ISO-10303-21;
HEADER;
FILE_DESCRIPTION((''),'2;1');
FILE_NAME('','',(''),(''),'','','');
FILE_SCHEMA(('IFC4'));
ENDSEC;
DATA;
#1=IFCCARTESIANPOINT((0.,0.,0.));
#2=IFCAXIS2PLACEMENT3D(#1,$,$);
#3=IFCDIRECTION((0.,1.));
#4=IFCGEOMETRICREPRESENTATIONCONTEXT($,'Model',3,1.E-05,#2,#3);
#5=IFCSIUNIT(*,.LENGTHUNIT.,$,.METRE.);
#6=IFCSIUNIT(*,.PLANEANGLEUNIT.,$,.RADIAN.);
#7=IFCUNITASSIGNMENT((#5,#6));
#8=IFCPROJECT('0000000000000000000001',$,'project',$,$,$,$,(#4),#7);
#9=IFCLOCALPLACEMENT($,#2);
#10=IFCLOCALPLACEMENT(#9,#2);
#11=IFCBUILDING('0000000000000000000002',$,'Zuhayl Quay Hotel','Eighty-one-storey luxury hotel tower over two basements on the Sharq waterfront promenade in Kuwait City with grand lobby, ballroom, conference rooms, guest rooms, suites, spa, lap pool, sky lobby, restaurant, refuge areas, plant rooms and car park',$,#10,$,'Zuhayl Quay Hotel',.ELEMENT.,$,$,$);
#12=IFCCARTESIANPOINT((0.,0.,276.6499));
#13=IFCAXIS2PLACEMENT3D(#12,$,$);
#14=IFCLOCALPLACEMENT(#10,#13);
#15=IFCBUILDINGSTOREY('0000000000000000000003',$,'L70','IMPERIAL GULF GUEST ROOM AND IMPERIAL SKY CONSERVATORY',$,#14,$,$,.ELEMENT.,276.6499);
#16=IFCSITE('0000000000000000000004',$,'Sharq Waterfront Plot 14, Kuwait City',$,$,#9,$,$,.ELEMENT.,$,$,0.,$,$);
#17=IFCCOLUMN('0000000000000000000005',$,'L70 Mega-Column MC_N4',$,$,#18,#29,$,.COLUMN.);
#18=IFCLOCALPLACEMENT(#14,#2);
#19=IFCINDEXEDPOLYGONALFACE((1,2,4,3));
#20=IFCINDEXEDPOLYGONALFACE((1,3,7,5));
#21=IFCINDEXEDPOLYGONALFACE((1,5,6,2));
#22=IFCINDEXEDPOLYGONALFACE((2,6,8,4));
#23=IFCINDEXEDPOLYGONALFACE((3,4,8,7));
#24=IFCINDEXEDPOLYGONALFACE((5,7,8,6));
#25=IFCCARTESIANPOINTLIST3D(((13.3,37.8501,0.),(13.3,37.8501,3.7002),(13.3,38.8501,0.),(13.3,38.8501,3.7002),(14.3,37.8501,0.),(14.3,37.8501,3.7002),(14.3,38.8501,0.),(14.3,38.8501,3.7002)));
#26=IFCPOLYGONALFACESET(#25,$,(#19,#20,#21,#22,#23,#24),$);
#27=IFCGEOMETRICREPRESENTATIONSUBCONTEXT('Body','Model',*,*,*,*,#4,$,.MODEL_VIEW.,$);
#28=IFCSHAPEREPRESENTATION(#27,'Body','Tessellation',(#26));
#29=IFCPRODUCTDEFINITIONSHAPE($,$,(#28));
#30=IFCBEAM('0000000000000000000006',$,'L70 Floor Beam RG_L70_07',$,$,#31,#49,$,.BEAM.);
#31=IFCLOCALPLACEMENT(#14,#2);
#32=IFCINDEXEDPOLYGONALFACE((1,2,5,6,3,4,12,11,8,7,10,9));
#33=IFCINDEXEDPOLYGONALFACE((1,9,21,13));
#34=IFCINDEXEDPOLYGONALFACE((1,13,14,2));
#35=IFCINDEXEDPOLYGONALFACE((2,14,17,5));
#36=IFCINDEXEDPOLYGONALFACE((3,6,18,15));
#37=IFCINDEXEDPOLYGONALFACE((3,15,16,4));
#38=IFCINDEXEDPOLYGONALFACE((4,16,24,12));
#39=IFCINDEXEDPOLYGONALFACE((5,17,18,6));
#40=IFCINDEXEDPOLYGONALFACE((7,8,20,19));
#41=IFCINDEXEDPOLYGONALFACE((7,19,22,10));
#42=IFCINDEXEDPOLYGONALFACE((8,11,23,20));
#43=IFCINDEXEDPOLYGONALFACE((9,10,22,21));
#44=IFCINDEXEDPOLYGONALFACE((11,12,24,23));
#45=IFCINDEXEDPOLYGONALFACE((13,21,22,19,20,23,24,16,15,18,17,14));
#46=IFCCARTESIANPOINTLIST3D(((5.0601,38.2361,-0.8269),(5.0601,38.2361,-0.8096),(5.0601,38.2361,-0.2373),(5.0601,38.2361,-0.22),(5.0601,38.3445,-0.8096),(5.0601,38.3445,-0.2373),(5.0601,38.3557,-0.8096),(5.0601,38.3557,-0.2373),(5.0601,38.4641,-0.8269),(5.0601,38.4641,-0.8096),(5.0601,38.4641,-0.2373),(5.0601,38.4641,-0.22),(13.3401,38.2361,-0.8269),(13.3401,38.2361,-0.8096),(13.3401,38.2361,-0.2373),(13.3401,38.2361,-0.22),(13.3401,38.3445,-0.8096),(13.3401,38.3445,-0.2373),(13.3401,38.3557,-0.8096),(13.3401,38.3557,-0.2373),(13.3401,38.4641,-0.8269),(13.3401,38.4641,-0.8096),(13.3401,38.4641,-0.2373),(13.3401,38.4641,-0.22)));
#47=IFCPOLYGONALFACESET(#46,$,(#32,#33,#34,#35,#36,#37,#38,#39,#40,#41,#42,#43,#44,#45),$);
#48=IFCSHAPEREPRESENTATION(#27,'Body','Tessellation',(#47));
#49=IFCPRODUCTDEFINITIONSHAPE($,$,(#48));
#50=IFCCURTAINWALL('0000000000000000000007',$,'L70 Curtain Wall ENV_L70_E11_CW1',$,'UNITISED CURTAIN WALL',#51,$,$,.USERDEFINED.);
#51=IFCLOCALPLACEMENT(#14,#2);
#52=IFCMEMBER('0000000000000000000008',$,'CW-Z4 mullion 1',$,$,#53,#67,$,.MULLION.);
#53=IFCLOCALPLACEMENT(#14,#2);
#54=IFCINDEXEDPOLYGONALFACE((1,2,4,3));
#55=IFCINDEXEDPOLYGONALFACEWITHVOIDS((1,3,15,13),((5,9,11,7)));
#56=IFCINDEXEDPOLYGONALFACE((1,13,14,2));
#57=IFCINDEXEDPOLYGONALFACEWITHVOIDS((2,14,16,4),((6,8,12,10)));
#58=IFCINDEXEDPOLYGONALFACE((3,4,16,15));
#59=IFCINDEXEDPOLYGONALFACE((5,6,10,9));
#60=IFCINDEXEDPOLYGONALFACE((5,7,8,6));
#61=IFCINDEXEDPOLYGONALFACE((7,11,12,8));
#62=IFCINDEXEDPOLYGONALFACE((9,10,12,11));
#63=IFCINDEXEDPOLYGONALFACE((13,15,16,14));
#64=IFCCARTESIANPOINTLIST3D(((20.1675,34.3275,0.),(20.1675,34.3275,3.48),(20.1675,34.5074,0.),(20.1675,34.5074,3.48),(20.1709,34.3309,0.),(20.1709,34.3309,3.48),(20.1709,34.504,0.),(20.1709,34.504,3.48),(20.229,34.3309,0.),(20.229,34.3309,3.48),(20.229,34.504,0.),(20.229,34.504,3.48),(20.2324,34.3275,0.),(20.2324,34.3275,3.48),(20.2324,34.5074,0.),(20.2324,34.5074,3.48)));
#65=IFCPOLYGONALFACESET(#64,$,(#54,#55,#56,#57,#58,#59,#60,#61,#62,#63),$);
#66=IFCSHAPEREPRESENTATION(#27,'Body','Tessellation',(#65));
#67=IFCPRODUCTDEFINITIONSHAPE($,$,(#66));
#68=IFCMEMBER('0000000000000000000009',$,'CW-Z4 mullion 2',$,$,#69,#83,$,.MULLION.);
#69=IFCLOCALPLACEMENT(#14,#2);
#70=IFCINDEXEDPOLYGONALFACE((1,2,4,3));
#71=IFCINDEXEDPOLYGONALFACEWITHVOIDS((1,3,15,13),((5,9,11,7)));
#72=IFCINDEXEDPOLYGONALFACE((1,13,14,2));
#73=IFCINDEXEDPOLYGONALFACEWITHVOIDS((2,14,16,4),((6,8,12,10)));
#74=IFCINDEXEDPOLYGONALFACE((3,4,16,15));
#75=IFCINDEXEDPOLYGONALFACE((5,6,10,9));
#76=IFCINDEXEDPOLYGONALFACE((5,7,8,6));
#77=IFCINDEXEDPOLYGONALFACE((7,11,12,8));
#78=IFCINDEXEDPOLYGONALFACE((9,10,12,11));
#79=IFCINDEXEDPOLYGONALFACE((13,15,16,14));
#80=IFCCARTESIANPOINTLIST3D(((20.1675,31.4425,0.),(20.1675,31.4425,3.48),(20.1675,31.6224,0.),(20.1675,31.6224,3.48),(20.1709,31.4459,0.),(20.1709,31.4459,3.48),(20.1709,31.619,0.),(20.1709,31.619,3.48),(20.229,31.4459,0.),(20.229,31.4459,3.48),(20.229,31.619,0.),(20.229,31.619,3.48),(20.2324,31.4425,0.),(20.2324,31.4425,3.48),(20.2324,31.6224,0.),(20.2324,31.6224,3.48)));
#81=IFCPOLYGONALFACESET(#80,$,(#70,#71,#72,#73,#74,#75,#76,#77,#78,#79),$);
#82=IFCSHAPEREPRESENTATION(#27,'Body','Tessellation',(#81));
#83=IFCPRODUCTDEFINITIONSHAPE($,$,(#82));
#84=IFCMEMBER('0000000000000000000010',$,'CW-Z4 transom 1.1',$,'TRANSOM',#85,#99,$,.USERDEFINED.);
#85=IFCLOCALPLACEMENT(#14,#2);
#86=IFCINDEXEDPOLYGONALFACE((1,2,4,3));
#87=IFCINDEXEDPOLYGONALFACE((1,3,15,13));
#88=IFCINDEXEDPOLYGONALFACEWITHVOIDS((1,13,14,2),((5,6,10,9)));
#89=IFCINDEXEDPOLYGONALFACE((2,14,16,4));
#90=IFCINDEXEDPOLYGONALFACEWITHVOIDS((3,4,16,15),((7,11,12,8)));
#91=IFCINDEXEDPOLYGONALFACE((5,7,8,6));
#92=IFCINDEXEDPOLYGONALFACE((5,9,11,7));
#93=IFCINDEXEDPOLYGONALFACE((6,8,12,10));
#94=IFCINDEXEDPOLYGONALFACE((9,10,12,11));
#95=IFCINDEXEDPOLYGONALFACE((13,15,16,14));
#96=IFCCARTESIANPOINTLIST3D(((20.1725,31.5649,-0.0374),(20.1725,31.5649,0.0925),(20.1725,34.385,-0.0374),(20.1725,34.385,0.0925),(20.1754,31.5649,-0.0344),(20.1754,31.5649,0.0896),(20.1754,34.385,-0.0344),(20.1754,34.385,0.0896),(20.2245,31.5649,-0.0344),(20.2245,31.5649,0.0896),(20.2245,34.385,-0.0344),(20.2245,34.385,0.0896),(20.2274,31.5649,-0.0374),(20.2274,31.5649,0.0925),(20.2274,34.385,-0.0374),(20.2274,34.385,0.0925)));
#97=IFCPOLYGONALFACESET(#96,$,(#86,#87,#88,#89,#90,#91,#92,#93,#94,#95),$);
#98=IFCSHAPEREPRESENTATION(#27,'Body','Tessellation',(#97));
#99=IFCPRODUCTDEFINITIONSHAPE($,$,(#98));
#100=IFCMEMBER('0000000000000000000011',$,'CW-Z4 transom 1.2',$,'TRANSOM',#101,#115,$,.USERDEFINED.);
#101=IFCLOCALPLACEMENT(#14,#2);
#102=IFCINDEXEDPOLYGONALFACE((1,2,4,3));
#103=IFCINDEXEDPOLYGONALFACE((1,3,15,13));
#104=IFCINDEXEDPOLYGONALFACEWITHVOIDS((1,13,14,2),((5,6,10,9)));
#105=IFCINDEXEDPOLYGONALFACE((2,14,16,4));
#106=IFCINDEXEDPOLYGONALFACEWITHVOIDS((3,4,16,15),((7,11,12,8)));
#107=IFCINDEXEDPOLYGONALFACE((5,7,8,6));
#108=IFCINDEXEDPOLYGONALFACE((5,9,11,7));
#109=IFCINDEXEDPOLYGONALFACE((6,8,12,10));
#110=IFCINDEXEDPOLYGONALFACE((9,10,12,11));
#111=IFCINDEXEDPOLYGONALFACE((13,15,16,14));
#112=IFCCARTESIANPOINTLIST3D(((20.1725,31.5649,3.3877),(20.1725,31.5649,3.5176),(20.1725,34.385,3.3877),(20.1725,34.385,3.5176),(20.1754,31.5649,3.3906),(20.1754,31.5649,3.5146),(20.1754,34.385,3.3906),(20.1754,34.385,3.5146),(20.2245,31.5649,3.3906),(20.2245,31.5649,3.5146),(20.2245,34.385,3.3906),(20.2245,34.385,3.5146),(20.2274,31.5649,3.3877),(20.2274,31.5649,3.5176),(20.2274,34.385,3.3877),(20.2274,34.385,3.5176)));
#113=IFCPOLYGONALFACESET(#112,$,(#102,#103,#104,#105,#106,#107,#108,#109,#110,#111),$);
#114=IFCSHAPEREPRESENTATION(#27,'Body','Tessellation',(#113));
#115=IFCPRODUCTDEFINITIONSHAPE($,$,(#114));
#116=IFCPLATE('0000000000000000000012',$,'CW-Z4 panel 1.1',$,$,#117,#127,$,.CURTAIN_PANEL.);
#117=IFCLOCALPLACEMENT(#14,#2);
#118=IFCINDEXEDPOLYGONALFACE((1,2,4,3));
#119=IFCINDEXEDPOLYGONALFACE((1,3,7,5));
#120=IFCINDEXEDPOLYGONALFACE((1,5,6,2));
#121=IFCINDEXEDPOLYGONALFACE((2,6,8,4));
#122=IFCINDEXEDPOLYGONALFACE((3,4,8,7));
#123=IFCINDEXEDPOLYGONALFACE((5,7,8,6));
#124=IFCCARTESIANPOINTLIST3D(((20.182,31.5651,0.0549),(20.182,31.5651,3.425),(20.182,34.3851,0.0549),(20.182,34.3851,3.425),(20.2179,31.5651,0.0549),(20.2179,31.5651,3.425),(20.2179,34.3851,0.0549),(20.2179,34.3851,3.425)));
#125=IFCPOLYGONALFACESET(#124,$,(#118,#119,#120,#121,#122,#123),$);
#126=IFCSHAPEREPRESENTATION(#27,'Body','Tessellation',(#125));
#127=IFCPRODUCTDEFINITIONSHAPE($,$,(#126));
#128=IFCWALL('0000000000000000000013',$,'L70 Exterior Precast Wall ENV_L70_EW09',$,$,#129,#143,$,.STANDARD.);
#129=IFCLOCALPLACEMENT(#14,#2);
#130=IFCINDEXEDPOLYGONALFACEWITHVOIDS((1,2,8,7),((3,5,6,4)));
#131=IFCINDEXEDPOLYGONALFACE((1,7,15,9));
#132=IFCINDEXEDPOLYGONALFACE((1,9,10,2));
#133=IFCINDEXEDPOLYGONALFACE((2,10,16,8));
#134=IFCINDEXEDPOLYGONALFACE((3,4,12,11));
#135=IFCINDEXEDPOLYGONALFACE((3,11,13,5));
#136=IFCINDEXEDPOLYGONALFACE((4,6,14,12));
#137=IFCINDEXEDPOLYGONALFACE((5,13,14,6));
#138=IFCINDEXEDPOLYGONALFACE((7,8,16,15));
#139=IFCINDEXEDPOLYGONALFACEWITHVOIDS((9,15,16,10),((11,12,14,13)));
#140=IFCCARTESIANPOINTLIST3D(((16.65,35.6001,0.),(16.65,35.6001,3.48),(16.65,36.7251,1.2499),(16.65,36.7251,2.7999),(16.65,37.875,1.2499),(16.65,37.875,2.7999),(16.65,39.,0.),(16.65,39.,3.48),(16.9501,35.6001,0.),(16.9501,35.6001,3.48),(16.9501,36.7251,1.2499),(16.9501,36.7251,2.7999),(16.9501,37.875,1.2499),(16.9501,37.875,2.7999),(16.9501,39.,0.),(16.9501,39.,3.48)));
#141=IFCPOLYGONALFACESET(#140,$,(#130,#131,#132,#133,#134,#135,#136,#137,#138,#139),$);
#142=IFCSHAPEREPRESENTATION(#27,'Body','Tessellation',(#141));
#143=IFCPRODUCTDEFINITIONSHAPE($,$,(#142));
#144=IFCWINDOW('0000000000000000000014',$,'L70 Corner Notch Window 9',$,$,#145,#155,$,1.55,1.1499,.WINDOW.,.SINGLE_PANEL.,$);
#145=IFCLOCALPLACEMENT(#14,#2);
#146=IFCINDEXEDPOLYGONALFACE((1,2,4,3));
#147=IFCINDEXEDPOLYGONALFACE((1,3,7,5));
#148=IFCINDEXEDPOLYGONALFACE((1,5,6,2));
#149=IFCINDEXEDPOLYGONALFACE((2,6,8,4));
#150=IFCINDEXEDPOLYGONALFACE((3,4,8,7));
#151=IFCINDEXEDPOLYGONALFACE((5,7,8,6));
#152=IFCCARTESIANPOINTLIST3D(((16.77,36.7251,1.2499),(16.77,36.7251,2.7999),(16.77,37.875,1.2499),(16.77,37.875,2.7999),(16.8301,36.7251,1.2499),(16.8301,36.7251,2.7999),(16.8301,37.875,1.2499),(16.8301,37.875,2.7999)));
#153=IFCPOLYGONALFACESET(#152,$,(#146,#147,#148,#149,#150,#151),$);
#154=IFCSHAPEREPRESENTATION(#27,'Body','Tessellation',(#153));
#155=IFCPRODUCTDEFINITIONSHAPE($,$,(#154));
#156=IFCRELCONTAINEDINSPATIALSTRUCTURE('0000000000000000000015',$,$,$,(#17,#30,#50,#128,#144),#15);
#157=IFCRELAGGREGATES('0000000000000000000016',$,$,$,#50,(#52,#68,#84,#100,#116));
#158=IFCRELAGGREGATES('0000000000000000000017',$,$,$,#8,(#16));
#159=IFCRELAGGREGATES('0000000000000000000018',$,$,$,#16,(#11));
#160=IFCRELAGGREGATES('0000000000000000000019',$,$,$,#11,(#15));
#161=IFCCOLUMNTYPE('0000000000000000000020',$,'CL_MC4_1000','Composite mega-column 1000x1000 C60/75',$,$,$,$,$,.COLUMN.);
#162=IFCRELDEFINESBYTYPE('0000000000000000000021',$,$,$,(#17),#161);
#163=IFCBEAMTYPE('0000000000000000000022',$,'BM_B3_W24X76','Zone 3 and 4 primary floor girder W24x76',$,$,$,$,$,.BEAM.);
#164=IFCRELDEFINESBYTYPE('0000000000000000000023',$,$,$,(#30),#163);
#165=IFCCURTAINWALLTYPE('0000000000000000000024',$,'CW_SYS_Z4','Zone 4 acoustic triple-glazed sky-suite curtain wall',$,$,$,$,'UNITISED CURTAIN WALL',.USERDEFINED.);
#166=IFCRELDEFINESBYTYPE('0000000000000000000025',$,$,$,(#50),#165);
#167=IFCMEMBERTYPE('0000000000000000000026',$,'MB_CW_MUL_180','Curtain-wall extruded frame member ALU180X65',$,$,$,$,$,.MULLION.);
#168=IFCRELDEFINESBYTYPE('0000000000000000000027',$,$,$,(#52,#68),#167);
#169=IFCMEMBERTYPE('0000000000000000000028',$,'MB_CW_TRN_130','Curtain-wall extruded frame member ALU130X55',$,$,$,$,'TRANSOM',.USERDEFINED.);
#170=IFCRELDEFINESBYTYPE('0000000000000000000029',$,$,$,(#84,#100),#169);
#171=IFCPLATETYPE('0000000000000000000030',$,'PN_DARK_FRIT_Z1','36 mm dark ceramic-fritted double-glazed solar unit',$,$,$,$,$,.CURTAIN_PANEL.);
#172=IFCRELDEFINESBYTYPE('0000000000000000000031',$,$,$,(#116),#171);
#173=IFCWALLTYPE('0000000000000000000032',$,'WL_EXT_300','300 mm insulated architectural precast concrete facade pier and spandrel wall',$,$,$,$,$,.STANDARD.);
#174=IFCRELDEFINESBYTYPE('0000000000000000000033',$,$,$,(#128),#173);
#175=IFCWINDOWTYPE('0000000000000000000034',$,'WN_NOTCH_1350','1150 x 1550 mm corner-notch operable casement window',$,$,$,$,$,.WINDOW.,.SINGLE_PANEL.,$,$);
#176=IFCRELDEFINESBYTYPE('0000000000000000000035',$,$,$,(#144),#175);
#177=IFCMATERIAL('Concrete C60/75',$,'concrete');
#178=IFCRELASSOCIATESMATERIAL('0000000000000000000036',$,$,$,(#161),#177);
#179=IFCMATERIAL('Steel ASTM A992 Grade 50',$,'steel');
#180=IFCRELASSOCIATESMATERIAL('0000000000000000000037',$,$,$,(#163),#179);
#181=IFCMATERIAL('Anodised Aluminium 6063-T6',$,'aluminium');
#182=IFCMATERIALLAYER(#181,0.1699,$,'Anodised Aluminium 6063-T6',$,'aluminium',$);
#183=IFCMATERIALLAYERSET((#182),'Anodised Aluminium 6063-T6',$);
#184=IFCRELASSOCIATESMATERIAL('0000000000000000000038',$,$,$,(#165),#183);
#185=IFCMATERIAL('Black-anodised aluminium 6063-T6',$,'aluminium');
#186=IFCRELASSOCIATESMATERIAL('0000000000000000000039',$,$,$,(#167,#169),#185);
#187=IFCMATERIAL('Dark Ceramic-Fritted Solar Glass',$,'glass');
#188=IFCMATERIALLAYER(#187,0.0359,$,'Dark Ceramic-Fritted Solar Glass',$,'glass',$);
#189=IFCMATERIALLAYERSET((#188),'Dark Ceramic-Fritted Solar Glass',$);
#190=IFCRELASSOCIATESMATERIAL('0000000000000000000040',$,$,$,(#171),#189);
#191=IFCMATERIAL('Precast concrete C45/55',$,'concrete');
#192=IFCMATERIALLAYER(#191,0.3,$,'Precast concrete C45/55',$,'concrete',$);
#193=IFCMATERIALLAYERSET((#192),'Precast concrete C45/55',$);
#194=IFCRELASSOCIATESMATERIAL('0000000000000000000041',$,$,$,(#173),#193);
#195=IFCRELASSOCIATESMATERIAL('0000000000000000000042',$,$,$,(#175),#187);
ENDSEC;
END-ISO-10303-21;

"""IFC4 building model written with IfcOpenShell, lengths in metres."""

from ifc_helpers import new_model, si_unit, direction, frame, frame_2d, origin, origin_2d, place, context, subcontext, project, spatial, rectangle, hollow_rectangle, i_section, extrude, material, layer, layer_set, material_profile, profile_set, type_object, element, fill, aggregate, save


model = new_model("IFC4")

# Units and contexts
model_context = context("Model", 3, precision=1e-05, world=origin(), true_north=direction((0.0, 1.0)))
body_context = subcontext(model_context, "Body", "Model", "MODEL_VIEW")
ifc_project = project(units=[si_unit("LENGTHUNIT", "METRE"), si_unit("PLANEANGLEUNIT", "RADIAN")], contexts=[model_context])

# Site, building, storey
site_placement = place(None, origin())
site = spatial("IfcSite", under=ifc_project, at=site_placement, Name="Sharq Waterfront Plot 14, Kuwait City", CompositionType="ELEMENT", RefElevation=0.0)
building_placement = place(site_placement, origin())
building = spatial("IfcBuilding", under=site, at=building_placement, Name="Zuhayl Quay Hotel", Description="Eighty-one-storey luxury hotel tower over two basements on the Sharq waterfront promenade in Kuwait City with grand lobby, ballroom, conference rooms, guest rooms, suites, spa, lap pool, sky lobby, restaurant, refuge areas, plant rooms and car park", LongName="Zuhayl Quay Hotel", CompositionType="ELEMENT")
storey_placement = place(building_placement, frame((0.0, 0.0, 276.6499)))
storey = spatial("IfcBuildingStorey", under=building, at=storey_placement, Name="L70", Description="IMPERIAL GULF GUEST ROOM AND IMPERIAL SKY CONSERVATORY", CompositionType="ELEMENT", Elevation=276.6499)

# Column
ifc_material_1 = material(Name="Concrete C60/75", Category="concrete")
ifc_material_profile_1 = material_profile(ifc_material_1, rectangle(XDim=1.0, YDim=1.0, at=origin_2d()), Name="RC1000X1000")
ifc_profile_set_1 = profile_set([ifc_material_profile_1], Name="Concrete C60/75")
column_type = type_object("IfcColumnType", Name="CL_MC4_1000", Description="Composite mega-column 1000x1000 C60/75", PredefinedType="COLUMN", material=ifc_profile_set_1)
column_placement = place(storey_placement, frame((13.8, 38.3501, 0.0), z_axis=(0.0, 0.0, 1.0), x_axis=(1.0, 0.0, 0.0)))
element("IfcColumn", 1, at=column_placement, inside=storey, type_object=column_type, Name="L70 Mega-Column MC_N4", PredefinedType="COLUMN", context=body_context, shape_type="SweptSolid", body=[
    extrude(rectangle(XDim=1.0, YDim=1.0, at=origin_2d()), origin(), (0.0, 0.0, 1.0), 3.7002),
])

# Beam
ifc_material_2 = material(Name="Steel ASTM A992 Grade 50", Category="steel")
ifc_material_profile_2 = material_profile(ifc_material_2, i_section(OverallWidth=0.228, OverallDepth=0.6069, WebThickness=0.0112, FlangeThickness=0.0173, at=origin_2d()), Name="W24X76")
ifc_profile_set_2 = profile_set([ifc_material_profile_2], Name="Steel ASTM A992 Grade 50")
beam_type = type_object("IfcBeamType", Name="BM_B3_W24X76", Description="Zone 3 and 4 primary floor girder W24x76", PredefinedType="BEAM", material=ifc_profile_set_2)
beam_placement = place(storey_placement, frame((13.3401, 38.3501, -0.5234), z_axis=(-1.0, 0.0, 0.0), x_axis=(0.0, -1.0, 0.0)))
element("IfcBeam", 2, at=beam_placement, inside=storey, type_object=beam_type, Name="L70 Floor Beam RG_L70_07", PredefinedType="BEAM", context=body_context, shape_type="SweptSolid", body=[
    extrude(i_section(OverallWidth=0.228, OverallDepth=0.6069, WebThickness=0.0112, FlangeThickness=0.0173, at=origin_2d()), origin(), (0.0, 0.0, 1.0), 8.28),
])

# Curtain wall, members, plate
ifc_material_3 = material(Name="Anodised Aluminium 6063-T6", Category="aluminium")
ifc_layer_1 = layer(ifc_material_3, 0.1699, Name="Anodised Aluminium 6063-T6", Category="aluminium")
ifc_layer_set_1 = layer_set([ifc_layer_1], Name="Anodised Aluminium 6063-T6")
curtain_wall_type = type_object("IfcCurtainWallType", Name="CW_SYS_Z4", Description="Zone 4 acoustic triple-glazed sky-suite curtain wall", ElementType="UNITISED CURTAIN WALL", PredefinedType="USERDEFINED", material=ifc_layer_set_1)
curtain_wall_placement = place(storey_placement, origin())
curtain_wall = element("IfcCurtainWall", 3, at=curtain_wall_placement, inside=storey, type_object=curtain_wall_type, Name="L70 Curtain Wall ENV_L70_E11_CW1", ObjectType="UNITISED CURTAIN WALL", PredefinedType="USERDEFINED")
ifc_material_4 = material(Name="Black-anodised aluminium 6063-T6", Category="aluminium")
ifc_material_profile_3 = material_profile(ifc_material_4, hollow_rectangle(XDim=0.0649, YDim=0.1799, WallThickness=0.0034, at=origin_2d()), Name="ALU180X65")
ifc_profile_set_3 = profile_set([ifc_material_profile_3], Name="Black-anodised aluminium 6063-T6")
member_type_1 = type_object("IfcMemberType", Name="MB_CW_MUL_180", Description="Curtain-wall extruded frame member ALU180X65", PredefinedType="MULLION", material=ifc_profile_set_3)
member_1_placement = place(storey_placement, frame((20.2, 34.4175, 0.0), z_axis=(0.0, 0.0, 1.0), x_axis=(1.0, 0.0, 0.0)))
member_1 = element("IfcMember", 4, at=member_1_placement, type_object=member_type_1, Name="CW-Z4 mullion 1", PredefinedType="MULLION", context=body_context, shape_type="SweptSolid", body=[
    extrude(hollow_rectangle(XDim=0.0649, YDim=0.1799, WallThickness=0.0034, at=origin_2d()), origin(), (0.0, 0.0, 1.0), 3.48),
])
member_2_placement = place(storey_placement, frame((20.2, 31.5325, 0.0), z_axis=(0.0, 0.0, 1.0), x_axis=(1.0, 0.0, 0.0)))
member_2 = element("IfcMember", 5, at=member_2_placement, type_object=member_type_1, Name="CW-Z4 mullion 2", PredefinedType="MULLION", context=body_context, shape_type="SweptSolid", body=[
    extrude(hollow_rectangle(XDim=0.0649, YDim=0.1799, WallThickness=0.0034, at=origin_2d()), origin(), (0.0, 0.0, 1.0), 3.48),
])
ifc_material_profile_4 = material_profile(ifc_material_4, hollow_rectangle(XDim=0.0549, YDim=0.1299, WallThickness=0.0029, at=origin_2d()), Name="ALU130X55")
ifc_profile_set_4 = profile_set([ifc_material_profile_4], Name="Black-anodised aluminium 6063-T6")
member_type_2 = type_object("IfcMemberType", Name="MB_CW_TRN_130", Description="Curtain-wall extruded frame member ALU130X55", ElementType="TRANSOM", PredefinedType="USERDEFINED", material=ifc_profile_set_4)
member_3_placement = place(storey_placement, frame((20.2, 34.385, 0.0276), z_axis=(0.0, -1.0, 0.0), x_axis=(1.0, 0.0, 0.0)))
member_3 = element("IfcMember", 6, at=member_3_placement, type_object=member_type_2, Name="CW-Z4 transom 1.1", ObjectType="TRANSOM", PredefinedType="USERDEFINED", context=body_context, shape_type="SweptSolid", body=[
    extrude(hollow_rectangle(XDim=0.0549, YDim=0.1299, WallThickness=0.0029, at=origin_2d()), origin(), (0.0, 0.0, 1.0), 2.8201),
])
member_4_placement = place(storey_placement, frame((20.2, 34.385, 3.4526), z_axis=(0.0, -1.0, 0.0), x_axis=(1.0, 0.0, 0.0)))
member_4 = element("IfcMember", 7, at=member_4_placement, type_object=member_type_2, Name="CW-Z4 transom 1.2", ObjectType="TRANSOM", PredefinedType="USERDEFINED", context=body_context, shape_type="SweptSolid", body=[
    extrude(hollow_rectangle(XDim=0.0549, YDim=0.1299, WallThickness=0.0029, at=origin_2d()), origin(), (0.0, 0.0, 1.0), 2.8201),
])
ifc_material_5 = material(Name="Dark Ceramic-Fritted Solar Glass", Category="glass")
ifc_layer_2 = layer(ifc_material_5, 0.0359, Name="Dark Ceramic-Fritted Solar Glass", Category="glass")
ifc_layer_set_2 = layer_set([ifc_layer_2], Name="Dark Ceramic-Fritted Solar Glass")
plate_type = type_object("IfcPlateType", Name="PN_DARK_FRIT_Z1", Description="36 mm dark ceramic-fritted double-glazed solar unit", PredefinedType="CURTAIN_PANEL", material=ifc_layer_set_2)
plate_placement = place(storey_placement, frame((20.2, 32.9751, 0.0549), z_axis=(0.0, 0.0, 1.0), x_axis=(0.0, -1.0, 0.0)))
plate = element("IfcPlate", 8, at=plate_placement, type_object=plate_type, Name="CW-Z4 panel 1.1", PredefinedType="CURTAIN_PANEL", context=body_context, shape_type="SweptSolid", body=[
    extrude(rectangle(XDim=2.8201, YDim=0.0359, at=origin_2d()), origin(), (0.0, 0.0, 1.0), 3.3701),
])
aggregate(curtain_wall, [member_1, member_2, member_3, member_4, plate])

# Wall, opening, window
ifc_material_6 = material(Name="Precast concrete C45/55", Category="concrete")
ifc_layer_3 = layer(ifc_material_6, 0.3, Name="Precast concrete C45/55", Category="concrete")
ifc_layer_set_3 = layer_set([ifc_layer_3], Name="Precast concrete C45/55")
wall_type_1 = type_object("IfcWallType", Name="WL_EXT_300", Description="300 mm insulated architectural precast concrete facade pier and spandrel wall", PredefinedType="STANDARD", material=ifc_layer_set_3)
wall_1_placement = place(storey_placement, frame((16.8, 39.0, 0.0), z_axis=(0.0, 0.0, 1.0), x_axis=(0.0, -1.0, 0.0)))
wall_1 = element("IfcWall", 9, at=wall_1_placement, inside=storey, type_object=wall_type_1, Name="L70 Exterior Precast Wall ENV_L70_EW09", PredefinedType="STANDARD", context=body_context, shape_type="SweptSolid", body=[
    extrude(rectangle(XDim=3.3999, YDim=0.3, at=frame_2d((1.7, 0.0))), origin(), (0.0, 0.0, 1.0), 3.48),
])
opening_1_placement = place(wall_1_placement, frame((1.125, 0.0, 1.25)))
opening_1 = element("IfcOpeningElement", 10, at=opening_1_placement, cuts=wall_1, PredefinedType="OPENING", context=body_context, shape_type="SweptSolid", body=[
    extrude(rectangle(XDim=1.1499, YDim=1.55, at=frame_2d((0.575, 0.7749))), frame((0.0, 0.1599, 0.0), z_axis=(0.0, -1.0, 0.0), x_axis=(1.0, 0.0, 0.0)), (0.0, 0.0, 1.0), 0.3201),
])
window_type = type_object("IfcWindowType", Name="WN_NOTCH_1350", Description="1150 x 1550 mm corner-notch operable casement window", PartitioningType="SINGLE_PANEL", PredefinedType="WINDOW", material=ifc_material_5)
window_1_placement = place(opening_1_placement, origin())
window_1 = element("IfcWindow", 11, at=window_1_placement, inside=storey, type_object=window_type, Name="L70 Corner Notch Window 9", OverallHeight=1.55, OverallWidth=1.1499, PartitioningType="SINGLE_PANEL", PredefinedType="WINDOW", context=body_context, shape_type="SweptSolid", body=[
    extrude(rectangle(XDim=1.1499, YDim=1.55, at=frame_2d((0.575, 0.7749))), frame((0.0, 0.03, 0.0), z_axis=(0.0, -1.0, 0.0), x_axis=(1.0, 0.0, 0.0)), (0.0, 0.0, 1.0), 0.0601),
])
fill(opening_1, window_1)

save(model, "model.ifc")
